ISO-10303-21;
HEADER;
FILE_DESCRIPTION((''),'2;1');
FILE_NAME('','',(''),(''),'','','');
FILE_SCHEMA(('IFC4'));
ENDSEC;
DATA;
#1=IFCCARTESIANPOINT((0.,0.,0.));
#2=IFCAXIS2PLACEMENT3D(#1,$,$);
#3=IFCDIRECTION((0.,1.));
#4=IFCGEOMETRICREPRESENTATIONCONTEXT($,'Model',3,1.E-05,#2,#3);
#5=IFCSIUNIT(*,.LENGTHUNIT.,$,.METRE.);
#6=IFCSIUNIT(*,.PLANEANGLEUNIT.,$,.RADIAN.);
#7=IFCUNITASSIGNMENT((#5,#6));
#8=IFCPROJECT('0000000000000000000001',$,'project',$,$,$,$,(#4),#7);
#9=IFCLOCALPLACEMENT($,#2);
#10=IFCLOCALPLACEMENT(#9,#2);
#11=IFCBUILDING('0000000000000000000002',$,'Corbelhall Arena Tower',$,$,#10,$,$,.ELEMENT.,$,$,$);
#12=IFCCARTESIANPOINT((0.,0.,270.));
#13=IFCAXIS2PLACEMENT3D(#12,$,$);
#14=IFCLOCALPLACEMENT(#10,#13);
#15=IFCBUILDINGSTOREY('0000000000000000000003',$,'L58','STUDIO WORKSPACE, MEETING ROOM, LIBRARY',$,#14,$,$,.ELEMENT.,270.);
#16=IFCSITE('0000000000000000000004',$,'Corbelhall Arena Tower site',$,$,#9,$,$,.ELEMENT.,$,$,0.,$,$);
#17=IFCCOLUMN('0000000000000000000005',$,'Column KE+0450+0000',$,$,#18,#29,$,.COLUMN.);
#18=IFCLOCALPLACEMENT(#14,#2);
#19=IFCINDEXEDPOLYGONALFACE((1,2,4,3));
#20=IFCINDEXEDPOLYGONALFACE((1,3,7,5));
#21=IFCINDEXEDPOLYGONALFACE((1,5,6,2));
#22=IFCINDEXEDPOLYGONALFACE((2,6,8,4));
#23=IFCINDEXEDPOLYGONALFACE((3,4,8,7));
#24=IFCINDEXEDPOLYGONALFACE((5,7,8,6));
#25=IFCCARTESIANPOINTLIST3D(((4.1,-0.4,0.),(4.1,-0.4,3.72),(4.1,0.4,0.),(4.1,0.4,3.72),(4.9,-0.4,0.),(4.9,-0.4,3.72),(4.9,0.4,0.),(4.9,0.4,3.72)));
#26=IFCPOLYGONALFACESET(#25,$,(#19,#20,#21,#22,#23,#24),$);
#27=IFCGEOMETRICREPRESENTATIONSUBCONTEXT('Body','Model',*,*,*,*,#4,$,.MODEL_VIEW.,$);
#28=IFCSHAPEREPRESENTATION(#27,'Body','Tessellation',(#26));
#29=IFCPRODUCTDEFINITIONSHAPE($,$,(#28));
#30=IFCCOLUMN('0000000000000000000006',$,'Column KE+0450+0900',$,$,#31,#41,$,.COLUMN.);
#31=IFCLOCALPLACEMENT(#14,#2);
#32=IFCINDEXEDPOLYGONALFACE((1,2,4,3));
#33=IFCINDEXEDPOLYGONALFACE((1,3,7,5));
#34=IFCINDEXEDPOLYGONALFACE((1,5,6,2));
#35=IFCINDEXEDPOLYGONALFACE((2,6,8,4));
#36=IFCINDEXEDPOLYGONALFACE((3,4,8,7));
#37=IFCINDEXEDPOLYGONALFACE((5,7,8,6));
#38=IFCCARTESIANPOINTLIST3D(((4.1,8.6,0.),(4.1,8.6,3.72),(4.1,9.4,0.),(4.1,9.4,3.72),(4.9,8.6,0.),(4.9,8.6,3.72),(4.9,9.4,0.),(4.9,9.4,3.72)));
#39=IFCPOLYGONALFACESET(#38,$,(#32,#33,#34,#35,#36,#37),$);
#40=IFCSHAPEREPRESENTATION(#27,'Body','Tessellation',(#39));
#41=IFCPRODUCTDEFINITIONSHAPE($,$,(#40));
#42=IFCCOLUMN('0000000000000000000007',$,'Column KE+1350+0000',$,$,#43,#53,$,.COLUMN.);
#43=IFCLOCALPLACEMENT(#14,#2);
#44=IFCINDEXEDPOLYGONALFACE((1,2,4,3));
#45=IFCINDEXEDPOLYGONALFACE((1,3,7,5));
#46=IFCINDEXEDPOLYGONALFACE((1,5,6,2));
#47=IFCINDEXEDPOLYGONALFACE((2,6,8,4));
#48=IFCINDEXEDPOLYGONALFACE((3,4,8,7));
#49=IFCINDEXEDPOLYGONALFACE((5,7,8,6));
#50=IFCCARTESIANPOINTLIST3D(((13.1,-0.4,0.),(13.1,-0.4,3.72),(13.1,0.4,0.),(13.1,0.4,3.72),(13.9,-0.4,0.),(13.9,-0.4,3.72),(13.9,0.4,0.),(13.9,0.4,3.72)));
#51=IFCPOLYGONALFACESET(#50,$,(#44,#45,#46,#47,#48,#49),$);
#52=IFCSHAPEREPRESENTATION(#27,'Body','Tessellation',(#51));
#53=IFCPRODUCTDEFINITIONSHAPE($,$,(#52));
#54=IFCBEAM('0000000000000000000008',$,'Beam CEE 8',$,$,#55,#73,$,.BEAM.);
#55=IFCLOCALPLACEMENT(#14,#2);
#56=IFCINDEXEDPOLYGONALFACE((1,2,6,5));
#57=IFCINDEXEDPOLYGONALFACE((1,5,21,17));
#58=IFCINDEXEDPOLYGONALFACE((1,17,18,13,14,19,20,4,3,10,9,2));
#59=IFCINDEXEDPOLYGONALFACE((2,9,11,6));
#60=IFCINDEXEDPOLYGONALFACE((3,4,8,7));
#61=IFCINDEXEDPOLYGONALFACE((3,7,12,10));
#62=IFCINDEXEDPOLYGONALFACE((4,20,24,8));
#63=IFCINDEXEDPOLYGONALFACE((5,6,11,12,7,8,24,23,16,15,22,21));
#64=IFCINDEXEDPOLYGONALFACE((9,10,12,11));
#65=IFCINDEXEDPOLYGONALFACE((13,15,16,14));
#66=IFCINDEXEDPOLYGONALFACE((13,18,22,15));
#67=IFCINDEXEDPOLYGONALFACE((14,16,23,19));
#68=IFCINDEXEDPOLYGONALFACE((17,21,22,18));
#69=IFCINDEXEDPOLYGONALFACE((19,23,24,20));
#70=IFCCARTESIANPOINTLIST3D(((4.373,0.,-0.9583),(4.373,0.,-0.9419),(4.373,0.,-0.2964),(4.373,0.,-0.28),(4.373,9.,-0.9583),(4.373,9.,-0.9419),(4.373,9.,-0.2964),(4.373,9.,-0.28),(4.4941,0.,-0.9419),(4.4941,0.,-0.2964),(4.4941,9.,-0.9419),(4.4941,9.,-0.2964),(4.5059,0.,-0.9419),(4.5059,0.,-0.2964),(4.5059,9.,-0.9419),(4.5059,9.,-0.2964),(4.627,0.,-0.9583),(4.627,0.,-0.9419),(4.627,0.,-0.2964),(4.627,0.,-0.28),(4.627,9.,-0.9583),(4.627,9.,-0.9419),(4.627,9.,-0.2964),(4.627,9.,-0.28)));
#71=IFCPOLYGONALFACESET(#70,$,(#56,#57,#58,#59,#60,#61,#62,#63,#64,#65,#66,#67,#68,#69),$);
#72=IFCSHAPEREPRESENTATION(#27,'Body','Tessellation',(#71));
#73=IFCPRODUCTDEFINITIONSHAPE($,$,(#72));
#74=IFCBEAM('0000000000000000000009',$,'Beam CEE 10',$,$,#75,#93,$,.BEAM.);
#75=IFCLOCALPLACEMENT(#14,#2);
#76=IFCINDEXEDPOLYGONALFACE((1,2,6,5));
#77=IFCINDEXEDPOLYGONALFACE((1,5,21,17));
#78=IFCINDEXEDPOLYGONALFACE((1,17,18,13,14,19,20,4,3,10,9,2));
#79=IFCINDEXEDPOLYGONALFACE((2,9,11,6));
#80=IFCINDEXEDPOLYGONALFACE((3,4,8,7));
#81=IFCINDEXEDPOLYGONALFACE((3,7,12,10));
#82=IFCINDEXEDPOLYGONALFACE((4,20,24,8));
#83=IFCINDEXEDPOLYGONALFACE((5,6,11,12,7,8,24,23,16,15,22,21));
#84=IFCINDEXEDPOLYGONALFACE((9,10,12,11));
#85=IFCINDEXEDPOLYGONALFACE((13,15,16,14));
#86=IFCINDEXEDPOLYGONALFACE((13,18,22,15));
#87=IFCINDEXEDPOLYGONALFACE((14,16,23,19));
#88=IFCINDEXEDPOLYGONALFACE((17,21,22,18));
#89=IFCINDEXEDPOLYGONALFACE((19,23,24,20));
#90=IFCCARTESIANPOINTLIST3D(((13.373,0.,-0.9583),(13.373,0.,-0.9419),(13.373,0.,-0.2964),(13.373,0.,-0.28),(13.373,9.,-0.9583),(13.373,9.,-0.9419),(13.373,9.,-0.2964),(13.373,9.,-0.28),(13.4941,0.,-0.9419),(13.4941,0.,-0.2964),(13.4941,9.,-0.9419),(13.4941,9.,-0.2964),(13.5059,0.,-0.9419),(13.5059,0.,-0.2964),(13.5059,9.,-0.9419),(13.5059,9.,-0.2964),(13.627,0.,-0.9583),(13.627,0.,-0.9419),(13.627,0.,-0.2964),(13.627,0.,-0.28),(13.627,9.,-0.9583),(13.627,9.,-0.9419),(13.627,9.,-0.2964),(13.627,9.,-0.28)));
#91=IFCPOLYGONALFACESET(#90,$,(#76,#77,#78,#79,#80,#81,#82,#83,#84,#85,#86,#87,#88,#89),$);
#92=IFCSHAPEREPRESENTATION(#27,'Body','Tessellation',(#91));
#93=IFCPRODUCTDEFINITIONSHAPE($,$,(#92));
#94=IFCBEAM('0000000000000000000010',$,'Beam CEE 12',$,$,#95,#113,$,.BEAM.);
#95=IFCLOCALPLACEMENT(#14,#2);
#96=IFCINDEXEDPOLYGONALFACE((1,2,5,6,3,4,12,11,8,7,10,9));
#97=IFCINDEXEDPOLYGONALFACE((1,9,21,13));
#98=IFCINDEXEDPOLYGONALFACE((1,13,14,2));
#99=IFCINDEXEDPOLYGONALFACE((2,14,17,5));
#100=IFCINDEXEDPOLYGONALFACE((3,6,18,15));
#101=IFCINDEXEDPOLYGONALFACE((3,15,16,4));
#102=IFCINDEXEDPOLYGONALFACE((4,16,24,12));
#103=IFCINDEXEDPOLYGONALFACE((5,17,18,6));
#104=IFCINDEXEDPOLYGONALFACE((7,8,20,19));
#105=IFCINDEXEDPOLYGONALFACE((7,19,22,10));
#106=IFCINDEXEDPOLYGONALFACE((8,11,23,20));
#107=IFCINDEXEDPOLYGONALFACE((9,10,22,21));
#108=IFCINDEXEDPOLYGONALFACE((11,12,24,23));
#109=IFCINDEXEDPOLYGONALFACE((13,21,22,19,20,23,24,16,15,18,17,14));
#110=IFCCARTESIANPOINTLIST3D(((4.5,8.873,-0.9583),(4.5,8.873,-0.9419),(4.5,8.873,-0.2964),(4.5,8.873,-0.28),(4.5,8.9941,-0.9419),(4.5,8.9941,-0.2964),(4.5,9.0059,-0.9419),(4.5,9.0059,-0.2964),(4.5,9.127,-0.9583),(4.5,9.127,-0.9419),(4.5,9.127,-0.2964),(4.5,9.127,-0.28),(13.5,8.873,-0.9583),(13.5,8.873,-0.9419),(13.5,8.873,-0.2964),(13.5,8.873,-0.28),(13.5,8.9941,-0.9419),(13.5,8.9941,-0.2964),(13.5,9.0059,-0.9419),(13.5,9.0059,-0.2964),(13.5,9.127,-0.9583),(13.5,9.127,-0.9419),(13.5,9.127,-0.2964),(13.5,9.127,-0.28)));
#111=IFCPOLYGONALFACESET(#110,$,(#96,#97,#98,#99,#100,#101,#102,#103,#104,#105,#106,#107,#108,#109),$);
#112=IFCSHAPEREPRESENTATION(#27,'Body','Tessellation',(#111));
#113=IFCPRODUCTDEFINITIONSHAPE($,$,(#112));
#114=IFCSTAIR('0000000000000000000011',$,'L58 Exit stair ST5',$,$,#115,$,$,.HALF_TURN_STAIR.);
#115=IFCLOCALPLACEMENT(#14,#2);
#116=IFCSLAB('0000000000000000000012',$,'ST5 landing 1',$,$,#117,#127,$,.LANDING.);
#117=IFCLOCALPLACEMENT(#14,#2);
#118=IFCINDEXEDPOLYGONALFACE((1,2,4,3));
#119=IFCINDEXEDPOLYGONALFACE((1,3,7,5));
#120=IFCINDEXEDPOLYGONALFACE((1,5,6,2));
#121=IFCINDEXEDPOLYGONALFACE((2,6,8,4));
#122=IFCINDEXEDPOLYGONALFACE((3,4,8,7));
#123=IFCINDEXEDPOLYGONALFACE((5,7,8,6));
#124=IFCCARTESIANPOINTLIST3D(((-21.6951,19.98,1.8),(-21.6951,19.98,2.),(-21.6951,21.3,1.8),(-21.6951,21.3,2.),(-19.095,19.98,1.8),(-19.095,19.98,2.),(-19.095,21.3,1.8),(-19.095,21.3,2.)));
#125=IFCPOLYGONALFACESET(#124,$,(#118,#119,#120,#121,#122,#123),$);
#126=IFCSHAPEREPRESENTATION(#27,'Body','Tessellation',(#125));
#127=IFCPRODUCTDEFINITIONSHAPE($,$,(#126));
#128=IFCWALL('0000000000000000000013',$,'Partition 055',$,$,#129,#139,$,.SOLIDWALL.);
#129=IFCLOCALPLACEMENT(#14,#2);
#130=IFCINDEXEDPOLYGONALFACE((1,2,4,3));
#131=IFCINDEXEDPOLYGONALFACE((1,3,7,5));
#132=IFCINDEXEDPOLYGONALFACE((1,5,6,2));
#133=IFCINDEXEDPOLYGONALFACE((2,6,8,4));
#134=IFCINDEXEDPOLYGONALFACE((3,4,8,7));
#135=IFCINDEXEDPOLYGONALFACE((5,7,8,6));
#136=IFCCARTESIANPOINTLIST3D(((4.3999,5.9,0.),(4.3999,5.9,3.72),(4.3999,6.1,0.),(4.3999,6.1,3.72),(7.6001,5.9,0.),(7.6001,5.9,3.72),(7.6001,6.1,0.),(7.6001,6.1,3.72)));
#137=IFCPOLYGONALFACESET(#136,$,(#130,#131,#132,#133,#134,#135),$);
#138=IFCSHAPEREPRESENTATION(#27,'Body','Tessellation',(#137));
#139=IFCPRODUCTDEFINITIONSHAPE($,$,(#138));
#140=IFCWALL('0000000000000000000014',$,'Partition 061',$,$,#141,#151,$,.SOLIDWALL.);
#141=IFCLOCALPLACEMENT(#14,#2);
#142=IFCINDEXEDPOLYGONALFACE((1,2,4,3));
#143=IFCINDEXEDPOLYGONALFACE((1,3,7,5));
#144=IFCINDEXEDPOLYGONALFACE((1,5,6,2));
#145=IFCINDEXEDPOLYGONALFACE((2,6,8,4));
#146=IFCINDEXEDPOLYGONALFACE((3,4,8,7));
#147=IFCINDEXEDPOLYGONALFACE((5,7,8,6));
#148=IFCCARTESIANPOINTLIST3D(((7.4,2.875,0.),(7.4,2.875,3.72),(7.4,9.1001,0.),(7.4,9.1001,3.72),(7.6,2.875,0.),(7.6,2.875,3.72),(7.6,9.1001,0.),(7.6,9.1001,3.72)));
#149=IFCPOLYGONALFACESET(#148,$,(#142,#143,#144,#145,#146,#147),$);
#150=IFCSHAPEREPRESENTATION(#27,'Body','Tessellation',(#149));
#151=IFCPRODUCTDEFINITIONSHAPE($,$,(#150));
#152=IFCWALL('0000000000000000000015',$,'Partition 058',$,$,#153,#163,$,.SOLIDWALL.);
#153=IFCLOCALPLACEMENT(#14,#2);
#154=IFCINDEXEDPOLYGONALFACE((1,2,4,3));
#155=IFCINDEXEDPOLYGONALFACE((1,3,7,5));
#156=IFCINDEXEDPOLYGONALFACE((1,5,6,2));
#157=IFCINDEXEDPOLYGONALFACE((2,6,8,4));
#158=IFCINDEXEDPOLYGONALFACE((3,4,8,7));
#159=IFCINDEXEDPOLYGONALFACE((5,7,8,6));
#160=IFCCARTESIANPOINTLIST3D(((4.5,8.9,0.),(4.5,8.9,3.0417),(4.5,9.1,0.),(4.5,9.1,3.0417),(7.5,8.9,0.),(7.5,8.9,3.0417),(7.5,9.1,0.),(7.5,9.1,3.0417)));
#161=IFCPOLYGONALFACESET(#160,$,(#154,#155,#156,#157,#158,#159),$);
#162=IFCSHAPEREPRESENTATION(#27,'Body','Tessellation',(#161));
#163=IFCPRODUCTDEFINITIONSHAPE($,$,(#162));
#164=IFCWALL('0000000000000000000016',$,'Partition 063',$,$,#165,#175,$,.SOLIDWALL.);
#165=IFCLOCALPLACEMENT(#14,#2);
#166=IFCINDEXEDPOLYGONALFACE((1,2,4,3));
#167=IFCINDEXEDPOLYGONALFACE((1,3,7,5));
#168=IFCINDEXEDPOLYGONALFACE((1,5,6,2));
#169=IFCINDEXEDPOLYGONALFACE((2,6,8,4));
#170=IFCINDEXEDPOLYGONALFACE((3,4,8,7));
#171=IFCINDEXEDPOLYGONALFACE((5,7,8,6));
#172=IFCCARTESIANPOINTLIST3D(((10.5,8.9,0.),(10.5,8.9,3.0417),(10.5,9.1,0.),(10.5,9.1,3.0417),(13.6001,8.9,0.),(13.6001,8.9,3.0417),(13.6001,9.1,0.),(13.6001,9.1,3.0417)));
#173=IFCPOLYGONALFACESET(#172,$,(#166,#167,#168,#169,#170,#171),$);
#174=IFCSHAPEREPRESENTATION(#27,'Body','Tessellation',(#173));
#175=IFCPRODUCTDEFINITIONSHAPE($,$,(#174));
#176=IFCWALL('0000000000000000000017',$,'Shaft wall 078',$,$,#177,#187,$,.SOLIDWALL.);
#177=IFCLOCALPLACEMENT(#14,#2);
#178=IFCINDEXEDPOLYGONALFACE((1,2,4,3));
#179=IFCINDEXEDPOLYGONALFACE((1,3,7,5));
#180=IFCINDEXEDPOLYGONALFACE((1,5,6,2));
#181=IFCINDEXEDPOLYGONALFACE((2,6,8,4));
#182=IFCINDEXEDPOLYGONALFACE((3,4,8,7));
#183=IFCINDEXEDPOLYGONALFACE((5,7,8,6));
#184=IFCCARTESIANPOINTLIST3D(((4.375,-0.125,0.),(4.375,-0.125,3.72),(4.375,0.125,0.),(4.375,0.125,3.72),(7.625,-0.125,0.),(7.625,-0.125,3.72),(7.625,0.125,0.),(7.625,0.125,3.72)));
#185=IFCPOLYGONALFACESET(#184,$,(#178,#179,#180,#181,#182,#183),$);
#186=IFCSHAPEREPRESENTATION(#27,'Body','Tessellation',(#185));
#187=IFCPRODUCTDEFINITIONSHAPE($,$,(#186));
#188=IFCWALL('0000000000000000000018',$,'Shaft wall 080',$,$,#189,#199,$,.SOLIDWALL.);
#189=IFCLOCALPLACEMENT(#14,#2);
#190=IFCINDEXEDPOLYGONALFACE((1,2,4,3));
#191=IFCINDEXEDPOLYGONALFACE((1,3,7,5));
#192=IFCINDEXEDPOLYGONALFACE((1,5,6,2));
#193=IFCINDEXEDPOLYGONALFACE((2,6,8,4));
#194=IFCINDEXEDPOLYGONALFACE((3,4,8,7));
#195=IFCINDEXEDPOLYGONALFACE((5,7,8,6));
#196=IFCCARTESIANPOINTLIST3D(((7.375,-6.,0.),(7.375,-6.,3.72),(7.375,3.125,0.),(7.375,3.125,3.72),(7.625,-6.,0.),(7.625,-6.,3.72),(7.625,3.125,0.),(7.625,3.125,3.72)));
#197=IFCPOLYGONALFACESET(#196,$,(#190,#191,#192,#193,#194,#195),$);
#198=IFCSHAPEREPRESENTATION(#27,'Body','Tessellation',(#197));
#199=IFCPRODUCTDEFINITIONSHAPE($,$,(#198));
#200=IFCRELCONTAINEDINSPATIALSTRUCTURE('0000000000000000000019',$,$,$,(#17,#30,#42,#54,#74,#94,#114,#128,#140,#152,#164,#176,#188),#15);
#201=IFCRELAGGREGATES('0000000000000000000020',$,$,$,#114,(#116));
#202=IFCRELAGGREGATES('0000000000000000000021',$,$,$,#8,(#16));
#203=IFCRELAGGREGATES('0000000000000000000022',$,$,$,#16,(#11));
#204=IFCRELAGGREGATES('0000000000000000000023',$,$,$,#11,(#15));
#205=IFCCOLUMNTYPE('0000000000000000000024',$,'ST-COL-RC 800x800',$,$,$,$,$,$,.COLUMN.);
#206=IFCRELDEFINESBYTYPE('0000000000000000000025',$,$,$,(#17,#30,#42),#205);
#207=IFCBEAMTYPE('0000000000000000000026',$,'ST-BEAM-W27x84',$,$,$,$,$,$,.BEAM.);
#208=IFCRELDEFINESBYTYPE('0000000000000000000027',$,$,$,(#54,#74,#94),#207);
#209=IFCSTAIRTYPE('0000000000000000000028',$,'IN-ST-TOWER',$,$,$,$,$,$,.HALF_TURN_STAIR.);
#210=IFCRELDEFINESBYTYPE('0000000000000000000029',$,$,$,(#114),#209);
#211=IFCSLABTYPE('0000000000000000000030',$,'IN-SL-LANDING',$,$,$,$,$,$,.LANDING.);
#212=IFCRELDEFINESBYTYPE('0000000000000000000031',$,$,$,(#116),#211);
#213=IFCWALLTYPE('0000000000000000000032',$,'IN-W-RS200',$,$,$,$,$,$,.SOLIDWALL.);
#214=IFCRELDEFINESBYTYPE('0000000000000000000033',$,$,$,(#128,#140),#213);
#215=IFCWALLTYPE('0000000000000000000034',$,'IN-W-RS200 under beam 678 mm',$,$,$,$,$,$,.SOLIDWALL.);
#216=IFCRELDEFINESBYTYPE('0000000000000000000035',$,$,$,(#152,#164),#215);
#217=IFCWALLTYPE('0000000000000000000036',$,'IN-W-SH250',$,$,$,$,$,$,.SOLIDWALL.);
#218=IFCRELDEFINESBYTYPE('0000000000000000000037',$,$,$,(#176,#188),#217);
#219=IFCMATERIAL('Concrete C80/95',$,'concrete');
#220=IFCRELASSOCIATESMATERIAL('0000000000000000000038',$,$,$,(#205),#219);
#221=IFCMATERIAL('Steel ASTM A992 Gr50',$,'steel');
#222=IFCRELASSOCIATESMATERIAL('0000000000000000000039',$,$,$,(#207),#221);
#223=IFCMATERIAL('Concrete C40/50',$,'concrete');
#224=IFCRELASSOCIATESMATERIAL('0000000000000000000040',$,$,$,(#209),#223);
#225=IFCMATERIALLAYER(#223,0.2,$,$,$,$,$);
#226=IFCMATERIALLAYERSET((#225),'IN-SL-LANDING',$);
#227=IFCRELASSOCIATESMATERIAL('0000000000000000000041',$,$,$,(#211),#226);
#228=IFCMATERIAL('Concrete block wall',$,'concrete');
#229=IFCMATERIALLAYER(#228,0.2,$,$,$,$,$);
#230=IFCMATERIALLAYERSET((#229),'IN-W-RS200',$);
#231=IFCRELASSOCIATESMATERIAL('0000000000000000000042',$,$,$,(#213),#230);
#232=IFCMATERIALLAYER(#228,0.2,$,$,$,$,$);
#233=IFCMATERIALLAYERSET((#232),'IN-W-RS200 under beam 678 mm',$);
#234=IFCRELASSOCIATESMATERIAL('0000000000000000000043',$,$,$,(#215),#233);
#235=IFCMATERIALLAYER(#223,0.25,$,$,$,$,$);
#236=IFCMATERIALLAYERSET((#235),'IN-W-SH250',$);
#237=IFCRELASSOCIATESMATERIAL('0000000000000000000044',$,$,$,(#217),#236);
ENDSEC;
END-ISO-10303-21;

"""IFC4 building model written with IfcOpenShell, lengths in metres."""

from ifc_helpers import new_model, si_unit, direction, frame, frame_2d, origin, origin_2d, place, context, subcontext, project, spatial, polyline, rectangle, i_section, outline, extrude, material, layer, layer_set, material_profile, profile_set, type_object, element, aggregate, save


model = new_model("IFC4")

# Units and contexts
model_context = context("Model", 3, precision=1e-05, world=origin(), true_north=direction((0.0, 1.0)))
body_context = subcontext(model_context, "Body", "Model", "MODEL_VIEW")
ifc_project = project(units=[si_unit("LENGTHUNIT", "METRE"), si_unit("PLANEANGLEUNIT", "RADIAN")], contexts=[model_context])

# Site, building, storey
site_placement = place(None, origin())
site = spatial("IfcSite", under=ifc_project, at=site_placement, Name="Corbelhall Arena Tower site", CompositionType="ELEMENT", RefElevation=0.0)
building_placement = place(site_placement, origin())
building = spatial("IfcBuilding", under=site, at=building_placement, Name="Corbelhall Arena Tower", CompositionType="ELEMENT")
storey_placement = place(building_placement, frame((0.0, 0.0, 270.0)))
storey = spatial("IfcBuildingStorey", under=building, at=storey_placement, Name="L58", Description="STUDIO WORKSPACE, MEETING ROOM, LIBRARY", CompositionType="ELEMENT", Elevation=270.0)

# Columns
ifc_material_1 = material(Name="Concrete C80/95", Category="concrete")
ifc_material_profile_1 = material_profile(ifc_material_1, rectangle(XDim=0.8, YDim=0.8, at=origin_2d()))
ifc_profile_set_1 = profile_set([ifc_material_profile_1], Name="Concrete C80/95")
column_type = type_object("IfcColumnType", Name="ST-COL-RC 800x800", PredefinedType="COLUMN", material=ifc_profile_set_1)
for number, where, z_axis, x_axis, name in (
    (1, (4.5, 0.0, 0.0), (0.0, 0.0, 1.0), (1.0, 0.0, 0.0), "Column KE+0450+0000"),
    (2, (4.5, 9.0, 0.0), (0.0, 0.0, 1.0), (1.0, 0.0, 0.0), "Column KE+0450+0900"),
    (3, (13.5, 0.0, 0.0), (0.0, 0.0, 1.0), (1.0, 0.0, 0.0), "Column KE+1350+0000"),
):
    element("IfcColumn", number, at=place(storey_placement, frame(where, z_axis=z_axis, x_axis=x_axis)), inside=storey, type_object=column_type, Name=name, PredefinedType="COLUMN", context=body_context, shape_type="SweptSolid", body=[
        extrude(rectangle(XDim=0.8, YDim=0.8, at=origin_2d()), origin(), (0.0, 0.0, 1.0), 3.72),
    ])

# Beams
ifc_material_2 = material(Name="Steel ASTM A992 Gr50", Category="steel")
ifc_material_profile_2 = material_profile(ifc_material_2, i_section(OverallWidth=0.2539, OverallDepth=0.6782, WebThickness=0.0117, FlangeThickness=0.0164, at=origin_2d()))
ifc_profile_set_2 = profile_set([ifc_material_profile_2], Name="Steel ASTM A992 Gr50")
beam_type = type_object("IfcBeamType", Name="ST-BEAM-W27x84", PredefinedType="BEAM", material=ifc_profile_set_2)
for number, where, z_axis, x_axis, name in (
    (4, (4.5, 0.0, -0.6191), (0.0, 1.0, 0.0), (-1.0, 0.0, 0.0), "Beam CEE 8"),
    (5, (13.5, 0.0, -0.6191), (0.0, 1.0, 0.0), (-1.0, 0.0, 0.0), "Beam CEE 10"),
    (6, (4.5, 9.0, -0.6191), (1.0, 0.0, 0.0), (0.0, 1.0, 0.0), "Beam CEE 12"),
):
    element("IfcBeam", number, at=place(storey_placement, frame(where, z_axis=z_axis, x_axis=x_axis)), inside=storey, type_object=beam_type, Name=name, PredefinedType="BEAM", context=body_context, shape_type="SweptSolid", body=[
        extrude(i_section(OverallWidth=0.2539, OverallDepth=0.6782, WebThickness=0.0117, FlangeThickness=0.0164, at=origin_2d()), origin(), (0.0, 0.0, 1.0), 9.0),
    ])

# Stair, slab
ifc_material_3 = material(Name="Concrete C40/50", Category="concrete")
stair_type = type_object("IfcStairType", Name="IN-ST-TOWER", PredefinedType="HALF_TURN_STAIR", material=ifc_material_3)
stair_placement = place(storey_placement, origin())
stair = element("IfcStair", 7, at=stair_placement, inside=storey, type_object=stair_type, Name="L58 Exit stair ST5", PredefinedType="HALF_TURN_STAIR")
ifc_layer_1 = layer(ifc_material_3, 0.2)
ifc_layer_set_1 = layer_set([ifc_layer_1], Name="IN-SL-LANDING")
slab_type = type_object("IfcSlabType", Name="IN-SL-LANDING", PredefinedType="LANDING", material=ifc_layer_set_1)
slab_placement = place(storey_placement, frame((0.0, 0.0, 1.8)))
slab = element("IfcSlab", 8, at=slab_placement, type_object=slab_type, Name="ST5 landing 1", PredefinedType="LANDING", context=body_context, shape_type="SweptSolid", body=[
    extrude(outline(polyline([(-19.095, 19.98), (-19.095, 21.3), (-21.6951, 21.3), (-21.6951, 19.98), (-19.095, 19.98)])), origin(), (0.0, 0.0, 1.0), 0.2),
])
aggregate(stair, [slab])

# Walls
ifc_material_4 = material(Name="Concrete block wall", Category="concrete")
ifc_layer_2 = layer(ifc_material_4, 0.2)
ifc_layer_set_2 = layer_set([ifc_layer_2], Name="IN-W-RS200")
wall_type_1 = type_object("IfcWallType", Name="IN-W-RS200", PredefinedType="SOLIDWALL", material=ifc_layer_set_2)
wall_1_placement = place(storey_placement, frame((4.3999, 6.0, 0.0), z_axis=(0.0, 0.0, 1.0), x_axis=(1.0, 0.0, 0.0)))
element("IfcWall", 9, at=wall_1_placement, inside=storey, type_object=wall_type_1, Name="Partition 055", PredefinedType="SOLIDWALL", context=body_context, shape_type="SweptSolid", body=[
    extrude(rectangle(XDim=3.2002, YDim=0.2, at=frame_2d((1.6001, 0.0))), origin(), (0.0, 0.0, 1.0), 3.72),
])
wall_2_placement = place(storey_placement, frame((7.5, 9.1001, 0.0), z_axis=(0.0, 0.0, 1.0), x_axis=(0.0, -1.0, 0.0)))
element("IfcWall", 10, at=wall_2_placement, inside=storey, type_object=wall_type_1, Name="Partition 061", PredefinedType="SOLIDWALL", context=body_context, shape_type="SweptSolid", body=[
    extrude(rectangle(XDim=6.2251, YDim=0.2, at=frame_2d((3.1125, 0.0))), origin(), (0.0, 0.0, 1.0), 3.72),
])

# Shared definitions
ifc_layer_3 = layer(ifc_material_4, 0.2)
ifc_layer_set_3 = layer_set([ifc_layer_3], Name="IN-W-RS200 under beam 678 mm")
wall_type_2 = type_object("IfcWallType", Name="IN-W-RS200 under beam 678 mm", PredefinedType="SOLIDWALL", material=ifc_layer_set_3)

# Walls
wall_3_placement = place(storey_placement, frame((4.5, 9.0, 0.0), z_axis=(0.0, 0.0, 1.0), x_axis=(1.0, 0.0, 0.0)))
element("IfcWall", 11, at=wall_3_placement, inside=storey, type_object=wall_type_2, Name="Partition 058", PredefinedType="SOLIDWALL", context=body_context, shape_type="SweptSolid", body=[
    extrude(rectangle(XDim=3.0, YDim=0.2, at=frame_2d((1.5, 0.0))), origin(), (0.0, 0.0, 1.0), 3.0417),
])
wall_4_placement = place(storey_placement, frame((10.5, 9.0, 0.0), z_axis=(0.0, 0.0, 1.0), x_axis=(1.0, 0.0, 0.0)))
element("IfcWall", 12, at=wall_4_placement, inside=storey, type_object=wall_type_2, Name="Partition 063", PredefinedType="SOLIDWALL", context=body_context, shape_type="SweptSolid", body=[
    extrude(rectangle(XDim=3.1001, YDim=0.2, at=frame_2d((1.55, 0.0))), origin(), (0.0, 0.0, 1.0), 3.0417),
])
ifc_layer_4 = layer(ifc_material_3, 0.25)
ifc_layer_set_4 = layer_set([ifc_layer_4], Name="IN-W-SH250")
wall_type_3 = type_object("IfcWallType", Name="IN-W-SH250", PredefinedType="SOLIDWALL", material=ifc_layer_set_4)
wall_5_placement = place(storey_placement, frame((4.375, 0.0, 0.0), z_axis=(0.0, 0.0, 1.0), x_axis=(1.0, 0.0, 0.0)))
element("IfcWall", 13, at=wall_5_placement, inside=storey, type_object=wall_type_3, Name="Shaft wall 078", PredefinedType="SOLIDWALL", context=body_context, shape_type="SweptSolid", body=[
    extrude(rectangle(XDim=3.25, YDim=0.25, at=frame_2d((1.625, 0.0))), origin(), (0.0, 0.0, 1.0), 3.72),
])
wall_6_placement = place(storey_placement, frame((7.5, 3.125, 0.0), z_axis=(0.0, 0.0, 1.0), x_axis=(0.0, -1.0, 0.0)))
element("IfcWall", 14, at=wall_6_placement, inside=storey, type_object=wall_type_3, Name="Shaft wall 080", PredefinedType="SOLIDWALL", context=body_context, shape_type="SweptSolid", body=[
    extrude(rectangle(XDim=9.125, YDim=0.25, at=frame_2d((4.5625, 0.0))), origin(), (0.0, 0.0, 1.0), 3.72),
])

save(model, "model.ifc")
